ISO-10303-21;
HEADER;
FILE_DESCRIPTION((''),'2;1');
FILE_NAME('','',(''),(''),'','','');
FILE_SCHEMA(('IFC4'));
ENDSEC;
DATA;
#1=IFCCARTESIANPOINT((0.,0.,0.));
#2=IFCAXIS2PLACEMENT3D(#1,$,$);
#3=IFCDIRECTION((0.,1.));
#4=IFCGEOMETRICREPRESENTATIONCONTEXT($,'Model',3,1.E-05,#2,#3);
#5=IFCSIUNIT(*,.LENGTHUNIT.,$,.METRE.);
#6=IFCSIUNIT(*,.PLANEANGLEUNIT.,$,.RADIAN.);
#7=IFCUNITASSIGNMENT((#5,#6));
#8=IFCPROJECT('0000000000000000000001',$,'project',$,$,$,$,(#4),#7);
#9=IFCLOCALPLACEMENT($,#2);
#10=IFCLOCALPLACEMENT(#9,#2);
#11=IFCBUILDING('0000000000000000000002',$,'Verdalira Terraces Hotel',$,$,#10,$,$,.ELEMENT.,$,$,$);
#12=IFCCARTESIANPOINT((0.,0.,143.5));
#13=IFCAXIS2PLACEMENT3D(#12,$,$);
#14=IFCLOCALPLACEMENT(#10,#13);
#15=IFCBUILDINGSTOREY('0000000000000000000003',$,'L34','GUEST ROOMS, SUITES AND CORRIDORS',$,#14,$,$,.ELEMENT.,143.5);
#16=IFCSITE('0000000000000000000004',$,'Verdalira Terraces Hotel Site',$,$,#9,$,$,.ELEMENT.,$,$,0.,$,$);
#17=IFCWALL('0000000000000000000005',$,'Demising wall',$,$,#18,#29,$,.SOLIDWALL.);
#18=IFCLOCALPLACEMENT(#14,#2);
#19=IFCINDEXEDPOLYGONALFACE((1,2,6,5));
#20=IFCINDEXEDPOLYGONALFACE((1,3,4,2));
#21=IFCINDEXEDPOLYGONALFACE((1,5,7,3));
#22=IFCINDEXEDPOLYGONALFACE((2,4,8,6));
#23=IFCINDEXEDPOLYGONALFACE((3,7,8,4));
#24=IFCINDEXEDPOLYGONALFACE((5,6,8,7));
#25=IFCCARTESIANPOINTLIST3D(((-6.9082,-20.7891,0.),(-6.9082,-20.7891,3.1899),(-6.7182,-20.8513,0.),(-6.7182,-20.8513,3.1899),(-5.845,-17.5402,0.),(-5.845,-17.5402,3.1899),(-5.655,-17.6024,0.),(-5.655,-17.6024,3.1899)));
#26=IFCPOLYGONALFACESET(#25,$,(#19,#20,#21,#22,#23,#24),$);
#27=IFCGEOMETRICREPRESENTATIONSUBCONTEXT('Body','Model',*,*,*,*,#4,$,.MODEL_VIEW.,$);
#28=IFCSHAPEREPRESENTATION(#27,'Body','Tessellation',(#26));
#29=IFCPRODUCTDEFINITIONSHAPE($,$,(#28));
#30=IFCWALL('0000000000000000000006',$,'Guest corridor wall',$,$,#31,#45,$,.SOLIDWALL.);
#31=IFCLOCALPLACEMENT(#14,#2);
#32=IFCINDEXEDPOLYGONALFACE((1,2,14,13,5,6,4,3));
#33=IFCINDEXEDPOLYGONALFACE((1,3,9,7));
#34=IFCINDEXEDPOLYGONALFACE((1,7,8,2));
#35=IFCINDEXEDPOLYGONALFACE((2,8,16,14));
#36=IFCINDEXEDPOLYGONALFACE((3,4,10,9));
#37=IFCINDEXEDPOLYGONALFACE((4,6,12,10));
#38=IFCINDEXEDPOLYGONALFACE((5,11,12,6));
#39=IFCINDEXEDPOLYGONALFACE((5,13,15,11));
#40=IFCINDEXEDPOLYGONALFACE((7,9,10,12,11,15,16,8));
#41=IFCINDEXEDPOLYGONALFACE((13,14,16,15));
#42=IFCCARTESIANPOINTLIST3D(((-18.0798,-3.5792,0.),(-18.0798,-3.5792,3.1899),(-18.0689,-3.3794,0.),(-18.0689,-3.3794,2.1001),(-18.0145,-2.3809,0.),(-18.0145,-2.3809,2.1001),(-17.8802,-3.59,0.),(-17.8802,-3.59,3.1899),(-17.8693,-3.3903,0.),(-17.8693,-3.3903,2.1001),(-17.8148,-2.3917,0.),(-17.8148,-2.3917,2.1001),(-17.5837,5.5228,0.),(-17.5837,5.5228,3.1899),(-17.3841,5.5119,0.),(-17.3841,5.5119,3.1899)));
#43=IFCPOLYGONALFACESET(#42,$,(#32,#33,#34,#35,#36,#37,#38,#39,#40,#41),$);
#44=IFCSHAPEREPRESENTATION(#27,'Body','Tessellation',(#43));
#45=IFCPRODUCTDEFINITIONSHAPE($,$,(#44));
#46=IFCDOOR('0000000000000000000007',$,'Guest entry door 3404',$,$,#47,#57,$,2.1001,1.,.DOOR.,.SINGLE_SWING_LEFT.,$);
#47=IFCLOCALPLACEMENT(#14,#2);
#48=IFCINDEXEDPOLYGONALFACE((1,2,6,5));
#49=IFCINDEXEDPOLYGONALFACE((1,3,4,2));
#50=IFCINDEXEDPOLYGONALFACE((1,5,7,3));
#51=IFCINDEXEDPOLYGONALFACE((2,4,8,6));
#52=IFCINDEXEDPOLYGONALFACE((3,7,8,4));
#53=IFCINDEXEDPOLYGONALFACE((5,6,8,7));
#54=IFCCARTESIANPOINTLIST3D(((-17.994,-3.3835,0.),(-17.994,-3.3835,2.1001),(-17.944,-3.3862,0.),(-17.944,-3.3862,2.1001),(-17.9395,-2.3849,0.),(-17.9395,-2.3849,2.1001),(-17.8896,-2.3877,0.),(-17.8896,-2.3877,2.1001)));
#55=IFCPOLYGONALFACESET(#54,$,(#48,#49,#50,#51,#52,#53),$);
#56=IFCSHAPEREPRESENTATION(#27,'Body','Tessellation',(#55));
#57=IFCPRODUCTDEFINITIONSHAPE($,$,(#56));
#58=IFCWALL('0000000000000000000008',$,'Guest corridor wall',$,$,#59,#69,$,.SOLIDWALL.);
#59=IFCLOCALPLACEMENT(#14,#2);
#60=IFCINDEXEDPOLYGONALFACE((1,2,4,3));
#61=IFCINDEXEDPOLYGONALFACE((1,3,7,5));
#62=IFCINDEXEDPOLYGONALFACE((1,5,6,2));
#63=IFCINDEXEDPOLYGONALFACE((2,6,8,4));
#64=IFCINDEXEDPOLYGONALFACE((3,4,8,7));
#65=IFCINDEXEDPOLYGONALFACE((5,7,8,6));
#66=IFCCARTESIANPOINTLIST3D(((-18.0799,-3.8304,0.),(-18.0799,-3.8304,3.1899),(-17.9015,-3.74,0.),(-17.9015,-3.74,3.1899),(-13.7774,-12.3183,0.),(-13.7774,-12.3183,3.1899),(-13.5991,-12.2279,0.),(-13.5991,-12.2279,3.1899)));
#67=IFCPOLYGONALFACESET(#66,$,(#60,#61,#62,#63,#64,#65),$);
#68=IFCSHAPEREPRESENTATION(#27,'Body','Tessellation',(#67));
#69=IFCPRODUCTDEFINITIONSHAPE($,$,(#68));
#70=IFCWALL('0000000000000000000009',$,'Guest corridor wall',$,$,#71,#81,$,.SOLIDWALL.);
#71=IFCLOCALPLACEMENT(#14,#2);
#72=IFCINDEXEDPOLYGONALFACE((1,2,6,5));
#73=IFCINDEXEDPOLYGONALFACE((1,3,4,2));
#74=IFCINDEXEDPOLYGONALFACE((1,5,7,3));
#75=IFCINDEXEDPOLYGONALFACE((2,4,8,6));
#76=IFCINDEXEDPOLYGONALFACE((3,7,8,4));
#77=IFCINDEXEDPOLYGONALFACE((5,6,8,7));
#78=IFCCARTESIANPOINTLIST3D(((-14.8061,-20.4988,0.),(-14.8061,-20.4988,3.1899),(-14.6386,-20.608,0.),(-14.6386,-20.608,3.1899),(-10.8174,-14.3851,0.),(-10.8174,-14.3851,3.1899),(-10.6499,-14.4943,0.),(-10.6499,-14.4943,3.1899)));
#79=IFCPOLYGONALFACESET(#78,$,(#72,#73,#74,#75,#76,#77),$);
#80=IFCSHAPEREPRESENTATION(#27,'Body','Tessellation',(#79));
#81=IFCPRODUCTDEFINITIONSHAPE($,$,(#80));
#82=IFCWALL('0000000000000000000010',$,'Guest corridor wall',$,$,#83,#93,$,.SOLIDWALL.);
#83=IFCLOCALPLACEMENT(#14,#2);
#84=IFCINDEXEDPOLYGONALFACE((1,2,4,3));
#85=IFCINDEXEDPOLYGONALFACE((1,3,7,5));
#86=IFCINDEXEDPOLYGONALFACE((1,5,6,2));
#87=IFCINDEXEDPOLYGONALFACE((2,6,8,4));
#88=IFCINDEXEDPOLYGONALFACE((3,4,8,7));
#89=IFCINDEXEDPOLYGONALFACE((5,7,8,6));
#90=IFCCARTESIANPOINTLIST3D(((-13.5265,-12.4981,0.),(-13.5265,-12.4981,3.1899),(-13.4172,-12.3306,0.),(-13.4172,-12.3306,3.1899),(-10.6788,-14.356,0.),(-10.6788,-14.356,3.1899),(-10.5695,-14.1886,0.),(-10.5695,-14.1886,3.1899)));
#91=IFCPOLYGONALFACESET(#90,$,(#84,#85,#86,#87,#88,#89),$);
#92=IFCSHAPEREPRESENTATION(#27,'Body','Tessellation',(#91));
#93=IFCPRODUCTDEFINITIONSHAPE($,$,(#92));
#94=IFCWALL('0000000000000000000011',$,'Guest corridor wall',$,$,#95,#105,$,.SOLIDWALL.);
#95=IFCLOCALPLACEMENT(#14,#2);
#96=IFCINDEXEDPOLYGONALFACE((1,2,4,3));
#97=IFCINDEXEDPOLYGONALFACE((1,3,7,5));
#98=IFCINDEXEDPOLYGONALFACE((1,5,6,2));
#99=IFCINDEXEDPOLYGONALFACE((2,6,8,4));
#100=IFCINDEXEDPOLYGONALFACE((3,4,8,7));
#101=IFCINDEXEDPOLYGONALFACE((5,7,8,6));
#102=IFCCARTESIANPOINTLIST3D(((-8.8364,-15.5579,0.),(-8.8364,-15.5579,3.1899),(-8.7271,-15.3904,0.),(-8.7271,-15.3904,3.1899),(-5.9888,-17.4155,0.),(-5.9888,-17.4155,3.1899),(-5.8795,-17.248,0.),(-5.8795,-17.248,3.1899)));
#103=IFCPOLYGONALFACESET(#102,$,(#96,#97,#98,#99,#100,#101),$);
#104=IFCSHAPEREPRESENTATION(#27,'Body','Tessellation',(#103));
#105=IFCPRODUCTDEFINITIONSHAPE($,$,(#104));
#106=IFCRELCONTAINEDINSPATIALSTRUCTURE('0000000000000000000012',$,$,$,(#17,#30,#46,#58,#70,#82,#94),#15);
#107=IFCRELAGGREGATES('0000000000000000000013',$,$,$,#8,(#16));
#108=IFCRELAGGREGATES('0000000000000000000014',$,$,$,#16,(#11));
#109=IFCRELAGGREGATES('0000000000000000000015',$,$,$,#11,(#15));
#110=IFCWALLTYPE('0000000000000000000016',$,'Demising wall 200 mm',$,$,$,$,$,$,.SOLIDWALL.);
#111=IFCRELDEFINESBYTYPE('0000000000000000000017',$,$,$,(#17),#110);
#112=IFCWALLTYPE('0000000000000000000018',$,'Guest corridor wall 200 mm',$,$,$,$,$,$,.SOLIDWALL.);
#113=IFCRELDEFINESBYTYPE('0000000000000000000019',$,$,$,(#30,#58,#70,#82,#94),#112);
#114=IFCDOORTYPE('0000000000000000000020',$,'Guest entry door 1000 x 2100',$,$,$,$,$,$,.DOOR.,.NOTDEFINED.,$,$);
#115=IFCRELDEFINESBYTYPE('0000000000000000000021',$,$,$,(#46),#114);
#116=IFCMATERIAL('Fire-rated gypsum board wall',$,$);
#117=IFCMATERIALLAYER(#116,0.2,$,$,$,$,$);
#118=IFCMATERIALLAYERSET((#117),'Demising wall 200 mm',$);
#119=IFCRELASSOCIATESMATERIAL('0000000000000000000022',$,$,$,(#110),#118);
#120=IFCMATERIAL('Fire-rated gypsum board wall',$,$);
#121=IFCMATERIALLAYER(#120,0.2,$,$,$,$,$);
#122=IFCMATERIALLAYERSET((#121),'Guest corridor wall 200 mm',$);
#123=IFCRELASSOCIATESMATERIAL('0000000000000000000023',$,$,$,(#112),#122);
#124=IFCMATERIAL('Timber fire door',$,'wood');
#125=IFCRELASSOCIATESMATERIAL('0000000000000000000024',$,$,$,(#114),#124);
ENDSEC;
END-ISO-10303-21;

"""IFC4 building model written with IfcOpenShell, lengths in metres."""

from ifc_helpers import new_model, si_unit, direction, frame, frame_2d, origin, place, context, subcontext, project, spatial, rectangle, extrude, material, layer, layer_set, type_object, element, fill, save


model = new_model("IFC4")

# Units and contexts
model_context = context("Model", 3, precision=1e-05, world=origin(), true_north=direction((0.0, 1.0)))
body_context = subcontext(model_context, "Body", "Model", "MODEL_VIEW")
ifc_project = project(units=[si_unit("LENGTHUNIT", "METRE"), si_unit("PLANEANGLEUNIT", "RADIAN")], contexts=[model_context])

# Site, building, storey
site_placement = place(None, origin())
site = spatial("IfcSite", under=ifc_project, at=site_placement, Name="Verdalira Terraces Hotel Site", CompositionType="ELEMENT", RefElevation=0.0)
building_placement = place(site_placement, origin())
building = spatial("IfcBuilding", under=site, at=building_placement, Name="Verdalira Terraces Hotel", CompositionType="ELEMENT")
storey_placement = place(building_placement, frame((0.0, 0.0, 143.5)))
storey = spatial("IfcBuildingStorey", under=building, at=storey_placement, Name="L34", Description="GUEST ROOMS, SUITES AND CORRIDORS", CompositionType="ELEMENT", Elevation=143.5)

# Wall
ifc_material_1 = material(Name="Fire-rated gypsum board wall")
ifc_layer_1 = layer(ifc_material_1, 0.2)
ifc_layer_set_1 = layer_set([ifc_layer_1], Name="Demising wall 200 mm")
wall_type_1 = type_object("IfcWallType", Name="Demising wall 200 mm", PredefinedType="SOLIDWALL", material=ifc_layer_set_1)
wall_1_placement = place(storey_placement, frame((-5.75, -17.5713, 0.0), z_axis=(0.0, 0.0, 1.0), x_axis=(-0.311017, -0.950404, 0.0)))
element("IfcWall", 1, at=wall_1_placement, inside=storey, type_object=wall_type_1, Name="Demising wall", PredefinedType="SOLIDWALL", context=body_context, shape_type="SweptSolid", body=[
    extrude(rectangle(XDim=3.4185, YDim=0.2, at=frame_2d((1.7092, 0.0))), origin(), (0.0, 0.0, 1.0), 3.1899),
])

# Wall, opening, door
ifc_material_2 = material(Name="Fire-rated gypsum board wall")
ifc_layer_2 = layer(ifc_material_2, 0.2)
ifc_layer_set_2 = layer_set([ifc_layer_2], Name="Guest corridor wall 200 mm")
wall_type_2 = type_object("IfcWallType", Name="Guest corridor wall 200 mm", PredefinedType="SOLIDWALL", material=ifc_layer_set_2)
wall_2_placement = place(storey_placement, frame((-17.98, -3.5845, 0.0), z_axis=(0.0, 0.0, 1.0), x_axis=(0.054423, 0.998518, 0.0)))
wall_2 = element("IfcWall", 2, at=wall_2_placement, inside=storey, type_object=wall_type_2, Name="Guest corridor wall", PredefinedType="SOLIDWALL", context=body_context, shape_type="SweptSolid", body=[
    extrude(rectangle(XDim=9.1155, YDim=0.2, at=frame_2d((4.5576, 0.0))), origin(), (0.0, 0.0, 1.0), 3.1899),
])
opening_1_placement = place(wall_2_placement, frame((0.2, 0.0, 0.0)))
opening_1 = element("IfcOpeningElement", 3, at=opening_1_placement, cuts=wall_2, PredefinedType="OPENING", context=body_context, shape_type="SweptSolid", body=[
    extrude(rectangle(XDim=1.0, YDim=2.1001, at=frame_2d((0.5, 1.05))), frame((0.0, 0.1099, 0.0), z_axis=(0.0, -1.0, 0.0), x_axis=(1.0, 0.0, 0.0)), (0.0, 0.0, 1.0), 0.22),
])
ifc_material_3 = material(Name="Timber fire door", Category="wood")
door_type_1 = type_object("IfcDoorType", Name="Guest entry door 1000 x 2100", OperationType="NOTDEFINED", PredefinedType="DOOR", material=ifc_material_3)
door_1_placement = place(opening_1_placement, origin())
door_1 = element("IfcDoor", 4, at=door_1_placement, inside=storey, type_object=door_type_1, Name="Guest entry door 3404", OperationType="SINGLE_SWING_LEFT", OverallHeight=2.1001, OverallWidth=1.0, PredefinedType="DOOR", context=body_context, shape_type="SweptSolid", body=[
    extrude(rectangle(XDim=1.0, YDim=2.1001, at=frame_2d((0.5, 1.05))), frame((0.0, 0.0249, 0.0), z_axis=(0.0, -1.0, 0.0), x_axis=(1.0, 0.0, 0.0)), (0.0, 0.0, 1.0), 0.05),
])
fill(opening_1, door_1)

# Walls
wall_3_placement = place(storey_placement, frame((-17.9907, -3.7852, 0.0), z_axis=(0.0, 0.0, 1.0), x_axis=(0.452122, -0.891956, 0.0)))
element("IfcWall", 5, at=wall_3_placement, inside=storey, type_object=wall_type_2, Name="Guest corridor wall", PredefinedType="SOLIDWALL", context=body_context, shape_type="SweptSolid", body=[
    extrude(rectangle(XDim=9.5161, YDim=0.2, at=frame_2d((4.7581, 0.0))), origin(), (0.0, 0.0, 1.0), 3.1899),
])
wall_4_placement = place(storey_placement, frame((-10.7336, -14.4397, 0.0), z_axis=(0.0, 0.0, 1.0), x_axis=(-0.546415, -0.837515, 0.0)))
element("IfcWall", 6, at=wall_4_placement, inside=storey, type_object=wall_type_2, Name="Guest corridor wall", PredefinedType="SOLIDWALL", context=body_context, shape_type="SweptSolid", body=[
    extrude(rectangle(XDim=7.2998, YDim=0.2, at=frame_2d((3.6499, 0.0))), origin(), (0.0, 0.0, 1.0), 3.1899),
])
wall_5_placement = place(storey_placement, frame((-13.4719, -12.4143, 0.0), z_axis=(0.0, 0.0, 1.0), x_axis=(0.837511, -0.546421, 0.0)))
element("IfcWall", 7, at=wall_5_placement, inside=storey, type_object=wall_type_2, Name="Guest corridor wall", PredefinedType="SOLIDWALL", context=body_context, shape_type="SweptSolid", body=[
    extrude(rectangle(XDim=3.4001, YDim=0.2, at=frame_2d((1.7002, 0.0))), origin(), (0.0, 0.0, 1.0), 3.1899),
])
wall_6_placement = place(storey_placement, frame((-8.7817, -15.4741, 0.0), z_axis=(0.0, 0.0, 1.0), x_axis=(0.837543, -0.546371, 0.0)))
element("IfcWall", 8, at=wall_6_placement, inside=storey, type_object=wall_type_2, Name="Guest corridor wall", PredefinedType="SOLIDWALL", context=body_context, shape_type="SweptSolid", body=[
    extrude(rectangle(XDim=3.3999, YDim=0.2, at=frame_2d((1.7, 0.0))), origin(), (0.0, 0.0, 1.0), 3.1899),
])

save(model, "model.ifc")
